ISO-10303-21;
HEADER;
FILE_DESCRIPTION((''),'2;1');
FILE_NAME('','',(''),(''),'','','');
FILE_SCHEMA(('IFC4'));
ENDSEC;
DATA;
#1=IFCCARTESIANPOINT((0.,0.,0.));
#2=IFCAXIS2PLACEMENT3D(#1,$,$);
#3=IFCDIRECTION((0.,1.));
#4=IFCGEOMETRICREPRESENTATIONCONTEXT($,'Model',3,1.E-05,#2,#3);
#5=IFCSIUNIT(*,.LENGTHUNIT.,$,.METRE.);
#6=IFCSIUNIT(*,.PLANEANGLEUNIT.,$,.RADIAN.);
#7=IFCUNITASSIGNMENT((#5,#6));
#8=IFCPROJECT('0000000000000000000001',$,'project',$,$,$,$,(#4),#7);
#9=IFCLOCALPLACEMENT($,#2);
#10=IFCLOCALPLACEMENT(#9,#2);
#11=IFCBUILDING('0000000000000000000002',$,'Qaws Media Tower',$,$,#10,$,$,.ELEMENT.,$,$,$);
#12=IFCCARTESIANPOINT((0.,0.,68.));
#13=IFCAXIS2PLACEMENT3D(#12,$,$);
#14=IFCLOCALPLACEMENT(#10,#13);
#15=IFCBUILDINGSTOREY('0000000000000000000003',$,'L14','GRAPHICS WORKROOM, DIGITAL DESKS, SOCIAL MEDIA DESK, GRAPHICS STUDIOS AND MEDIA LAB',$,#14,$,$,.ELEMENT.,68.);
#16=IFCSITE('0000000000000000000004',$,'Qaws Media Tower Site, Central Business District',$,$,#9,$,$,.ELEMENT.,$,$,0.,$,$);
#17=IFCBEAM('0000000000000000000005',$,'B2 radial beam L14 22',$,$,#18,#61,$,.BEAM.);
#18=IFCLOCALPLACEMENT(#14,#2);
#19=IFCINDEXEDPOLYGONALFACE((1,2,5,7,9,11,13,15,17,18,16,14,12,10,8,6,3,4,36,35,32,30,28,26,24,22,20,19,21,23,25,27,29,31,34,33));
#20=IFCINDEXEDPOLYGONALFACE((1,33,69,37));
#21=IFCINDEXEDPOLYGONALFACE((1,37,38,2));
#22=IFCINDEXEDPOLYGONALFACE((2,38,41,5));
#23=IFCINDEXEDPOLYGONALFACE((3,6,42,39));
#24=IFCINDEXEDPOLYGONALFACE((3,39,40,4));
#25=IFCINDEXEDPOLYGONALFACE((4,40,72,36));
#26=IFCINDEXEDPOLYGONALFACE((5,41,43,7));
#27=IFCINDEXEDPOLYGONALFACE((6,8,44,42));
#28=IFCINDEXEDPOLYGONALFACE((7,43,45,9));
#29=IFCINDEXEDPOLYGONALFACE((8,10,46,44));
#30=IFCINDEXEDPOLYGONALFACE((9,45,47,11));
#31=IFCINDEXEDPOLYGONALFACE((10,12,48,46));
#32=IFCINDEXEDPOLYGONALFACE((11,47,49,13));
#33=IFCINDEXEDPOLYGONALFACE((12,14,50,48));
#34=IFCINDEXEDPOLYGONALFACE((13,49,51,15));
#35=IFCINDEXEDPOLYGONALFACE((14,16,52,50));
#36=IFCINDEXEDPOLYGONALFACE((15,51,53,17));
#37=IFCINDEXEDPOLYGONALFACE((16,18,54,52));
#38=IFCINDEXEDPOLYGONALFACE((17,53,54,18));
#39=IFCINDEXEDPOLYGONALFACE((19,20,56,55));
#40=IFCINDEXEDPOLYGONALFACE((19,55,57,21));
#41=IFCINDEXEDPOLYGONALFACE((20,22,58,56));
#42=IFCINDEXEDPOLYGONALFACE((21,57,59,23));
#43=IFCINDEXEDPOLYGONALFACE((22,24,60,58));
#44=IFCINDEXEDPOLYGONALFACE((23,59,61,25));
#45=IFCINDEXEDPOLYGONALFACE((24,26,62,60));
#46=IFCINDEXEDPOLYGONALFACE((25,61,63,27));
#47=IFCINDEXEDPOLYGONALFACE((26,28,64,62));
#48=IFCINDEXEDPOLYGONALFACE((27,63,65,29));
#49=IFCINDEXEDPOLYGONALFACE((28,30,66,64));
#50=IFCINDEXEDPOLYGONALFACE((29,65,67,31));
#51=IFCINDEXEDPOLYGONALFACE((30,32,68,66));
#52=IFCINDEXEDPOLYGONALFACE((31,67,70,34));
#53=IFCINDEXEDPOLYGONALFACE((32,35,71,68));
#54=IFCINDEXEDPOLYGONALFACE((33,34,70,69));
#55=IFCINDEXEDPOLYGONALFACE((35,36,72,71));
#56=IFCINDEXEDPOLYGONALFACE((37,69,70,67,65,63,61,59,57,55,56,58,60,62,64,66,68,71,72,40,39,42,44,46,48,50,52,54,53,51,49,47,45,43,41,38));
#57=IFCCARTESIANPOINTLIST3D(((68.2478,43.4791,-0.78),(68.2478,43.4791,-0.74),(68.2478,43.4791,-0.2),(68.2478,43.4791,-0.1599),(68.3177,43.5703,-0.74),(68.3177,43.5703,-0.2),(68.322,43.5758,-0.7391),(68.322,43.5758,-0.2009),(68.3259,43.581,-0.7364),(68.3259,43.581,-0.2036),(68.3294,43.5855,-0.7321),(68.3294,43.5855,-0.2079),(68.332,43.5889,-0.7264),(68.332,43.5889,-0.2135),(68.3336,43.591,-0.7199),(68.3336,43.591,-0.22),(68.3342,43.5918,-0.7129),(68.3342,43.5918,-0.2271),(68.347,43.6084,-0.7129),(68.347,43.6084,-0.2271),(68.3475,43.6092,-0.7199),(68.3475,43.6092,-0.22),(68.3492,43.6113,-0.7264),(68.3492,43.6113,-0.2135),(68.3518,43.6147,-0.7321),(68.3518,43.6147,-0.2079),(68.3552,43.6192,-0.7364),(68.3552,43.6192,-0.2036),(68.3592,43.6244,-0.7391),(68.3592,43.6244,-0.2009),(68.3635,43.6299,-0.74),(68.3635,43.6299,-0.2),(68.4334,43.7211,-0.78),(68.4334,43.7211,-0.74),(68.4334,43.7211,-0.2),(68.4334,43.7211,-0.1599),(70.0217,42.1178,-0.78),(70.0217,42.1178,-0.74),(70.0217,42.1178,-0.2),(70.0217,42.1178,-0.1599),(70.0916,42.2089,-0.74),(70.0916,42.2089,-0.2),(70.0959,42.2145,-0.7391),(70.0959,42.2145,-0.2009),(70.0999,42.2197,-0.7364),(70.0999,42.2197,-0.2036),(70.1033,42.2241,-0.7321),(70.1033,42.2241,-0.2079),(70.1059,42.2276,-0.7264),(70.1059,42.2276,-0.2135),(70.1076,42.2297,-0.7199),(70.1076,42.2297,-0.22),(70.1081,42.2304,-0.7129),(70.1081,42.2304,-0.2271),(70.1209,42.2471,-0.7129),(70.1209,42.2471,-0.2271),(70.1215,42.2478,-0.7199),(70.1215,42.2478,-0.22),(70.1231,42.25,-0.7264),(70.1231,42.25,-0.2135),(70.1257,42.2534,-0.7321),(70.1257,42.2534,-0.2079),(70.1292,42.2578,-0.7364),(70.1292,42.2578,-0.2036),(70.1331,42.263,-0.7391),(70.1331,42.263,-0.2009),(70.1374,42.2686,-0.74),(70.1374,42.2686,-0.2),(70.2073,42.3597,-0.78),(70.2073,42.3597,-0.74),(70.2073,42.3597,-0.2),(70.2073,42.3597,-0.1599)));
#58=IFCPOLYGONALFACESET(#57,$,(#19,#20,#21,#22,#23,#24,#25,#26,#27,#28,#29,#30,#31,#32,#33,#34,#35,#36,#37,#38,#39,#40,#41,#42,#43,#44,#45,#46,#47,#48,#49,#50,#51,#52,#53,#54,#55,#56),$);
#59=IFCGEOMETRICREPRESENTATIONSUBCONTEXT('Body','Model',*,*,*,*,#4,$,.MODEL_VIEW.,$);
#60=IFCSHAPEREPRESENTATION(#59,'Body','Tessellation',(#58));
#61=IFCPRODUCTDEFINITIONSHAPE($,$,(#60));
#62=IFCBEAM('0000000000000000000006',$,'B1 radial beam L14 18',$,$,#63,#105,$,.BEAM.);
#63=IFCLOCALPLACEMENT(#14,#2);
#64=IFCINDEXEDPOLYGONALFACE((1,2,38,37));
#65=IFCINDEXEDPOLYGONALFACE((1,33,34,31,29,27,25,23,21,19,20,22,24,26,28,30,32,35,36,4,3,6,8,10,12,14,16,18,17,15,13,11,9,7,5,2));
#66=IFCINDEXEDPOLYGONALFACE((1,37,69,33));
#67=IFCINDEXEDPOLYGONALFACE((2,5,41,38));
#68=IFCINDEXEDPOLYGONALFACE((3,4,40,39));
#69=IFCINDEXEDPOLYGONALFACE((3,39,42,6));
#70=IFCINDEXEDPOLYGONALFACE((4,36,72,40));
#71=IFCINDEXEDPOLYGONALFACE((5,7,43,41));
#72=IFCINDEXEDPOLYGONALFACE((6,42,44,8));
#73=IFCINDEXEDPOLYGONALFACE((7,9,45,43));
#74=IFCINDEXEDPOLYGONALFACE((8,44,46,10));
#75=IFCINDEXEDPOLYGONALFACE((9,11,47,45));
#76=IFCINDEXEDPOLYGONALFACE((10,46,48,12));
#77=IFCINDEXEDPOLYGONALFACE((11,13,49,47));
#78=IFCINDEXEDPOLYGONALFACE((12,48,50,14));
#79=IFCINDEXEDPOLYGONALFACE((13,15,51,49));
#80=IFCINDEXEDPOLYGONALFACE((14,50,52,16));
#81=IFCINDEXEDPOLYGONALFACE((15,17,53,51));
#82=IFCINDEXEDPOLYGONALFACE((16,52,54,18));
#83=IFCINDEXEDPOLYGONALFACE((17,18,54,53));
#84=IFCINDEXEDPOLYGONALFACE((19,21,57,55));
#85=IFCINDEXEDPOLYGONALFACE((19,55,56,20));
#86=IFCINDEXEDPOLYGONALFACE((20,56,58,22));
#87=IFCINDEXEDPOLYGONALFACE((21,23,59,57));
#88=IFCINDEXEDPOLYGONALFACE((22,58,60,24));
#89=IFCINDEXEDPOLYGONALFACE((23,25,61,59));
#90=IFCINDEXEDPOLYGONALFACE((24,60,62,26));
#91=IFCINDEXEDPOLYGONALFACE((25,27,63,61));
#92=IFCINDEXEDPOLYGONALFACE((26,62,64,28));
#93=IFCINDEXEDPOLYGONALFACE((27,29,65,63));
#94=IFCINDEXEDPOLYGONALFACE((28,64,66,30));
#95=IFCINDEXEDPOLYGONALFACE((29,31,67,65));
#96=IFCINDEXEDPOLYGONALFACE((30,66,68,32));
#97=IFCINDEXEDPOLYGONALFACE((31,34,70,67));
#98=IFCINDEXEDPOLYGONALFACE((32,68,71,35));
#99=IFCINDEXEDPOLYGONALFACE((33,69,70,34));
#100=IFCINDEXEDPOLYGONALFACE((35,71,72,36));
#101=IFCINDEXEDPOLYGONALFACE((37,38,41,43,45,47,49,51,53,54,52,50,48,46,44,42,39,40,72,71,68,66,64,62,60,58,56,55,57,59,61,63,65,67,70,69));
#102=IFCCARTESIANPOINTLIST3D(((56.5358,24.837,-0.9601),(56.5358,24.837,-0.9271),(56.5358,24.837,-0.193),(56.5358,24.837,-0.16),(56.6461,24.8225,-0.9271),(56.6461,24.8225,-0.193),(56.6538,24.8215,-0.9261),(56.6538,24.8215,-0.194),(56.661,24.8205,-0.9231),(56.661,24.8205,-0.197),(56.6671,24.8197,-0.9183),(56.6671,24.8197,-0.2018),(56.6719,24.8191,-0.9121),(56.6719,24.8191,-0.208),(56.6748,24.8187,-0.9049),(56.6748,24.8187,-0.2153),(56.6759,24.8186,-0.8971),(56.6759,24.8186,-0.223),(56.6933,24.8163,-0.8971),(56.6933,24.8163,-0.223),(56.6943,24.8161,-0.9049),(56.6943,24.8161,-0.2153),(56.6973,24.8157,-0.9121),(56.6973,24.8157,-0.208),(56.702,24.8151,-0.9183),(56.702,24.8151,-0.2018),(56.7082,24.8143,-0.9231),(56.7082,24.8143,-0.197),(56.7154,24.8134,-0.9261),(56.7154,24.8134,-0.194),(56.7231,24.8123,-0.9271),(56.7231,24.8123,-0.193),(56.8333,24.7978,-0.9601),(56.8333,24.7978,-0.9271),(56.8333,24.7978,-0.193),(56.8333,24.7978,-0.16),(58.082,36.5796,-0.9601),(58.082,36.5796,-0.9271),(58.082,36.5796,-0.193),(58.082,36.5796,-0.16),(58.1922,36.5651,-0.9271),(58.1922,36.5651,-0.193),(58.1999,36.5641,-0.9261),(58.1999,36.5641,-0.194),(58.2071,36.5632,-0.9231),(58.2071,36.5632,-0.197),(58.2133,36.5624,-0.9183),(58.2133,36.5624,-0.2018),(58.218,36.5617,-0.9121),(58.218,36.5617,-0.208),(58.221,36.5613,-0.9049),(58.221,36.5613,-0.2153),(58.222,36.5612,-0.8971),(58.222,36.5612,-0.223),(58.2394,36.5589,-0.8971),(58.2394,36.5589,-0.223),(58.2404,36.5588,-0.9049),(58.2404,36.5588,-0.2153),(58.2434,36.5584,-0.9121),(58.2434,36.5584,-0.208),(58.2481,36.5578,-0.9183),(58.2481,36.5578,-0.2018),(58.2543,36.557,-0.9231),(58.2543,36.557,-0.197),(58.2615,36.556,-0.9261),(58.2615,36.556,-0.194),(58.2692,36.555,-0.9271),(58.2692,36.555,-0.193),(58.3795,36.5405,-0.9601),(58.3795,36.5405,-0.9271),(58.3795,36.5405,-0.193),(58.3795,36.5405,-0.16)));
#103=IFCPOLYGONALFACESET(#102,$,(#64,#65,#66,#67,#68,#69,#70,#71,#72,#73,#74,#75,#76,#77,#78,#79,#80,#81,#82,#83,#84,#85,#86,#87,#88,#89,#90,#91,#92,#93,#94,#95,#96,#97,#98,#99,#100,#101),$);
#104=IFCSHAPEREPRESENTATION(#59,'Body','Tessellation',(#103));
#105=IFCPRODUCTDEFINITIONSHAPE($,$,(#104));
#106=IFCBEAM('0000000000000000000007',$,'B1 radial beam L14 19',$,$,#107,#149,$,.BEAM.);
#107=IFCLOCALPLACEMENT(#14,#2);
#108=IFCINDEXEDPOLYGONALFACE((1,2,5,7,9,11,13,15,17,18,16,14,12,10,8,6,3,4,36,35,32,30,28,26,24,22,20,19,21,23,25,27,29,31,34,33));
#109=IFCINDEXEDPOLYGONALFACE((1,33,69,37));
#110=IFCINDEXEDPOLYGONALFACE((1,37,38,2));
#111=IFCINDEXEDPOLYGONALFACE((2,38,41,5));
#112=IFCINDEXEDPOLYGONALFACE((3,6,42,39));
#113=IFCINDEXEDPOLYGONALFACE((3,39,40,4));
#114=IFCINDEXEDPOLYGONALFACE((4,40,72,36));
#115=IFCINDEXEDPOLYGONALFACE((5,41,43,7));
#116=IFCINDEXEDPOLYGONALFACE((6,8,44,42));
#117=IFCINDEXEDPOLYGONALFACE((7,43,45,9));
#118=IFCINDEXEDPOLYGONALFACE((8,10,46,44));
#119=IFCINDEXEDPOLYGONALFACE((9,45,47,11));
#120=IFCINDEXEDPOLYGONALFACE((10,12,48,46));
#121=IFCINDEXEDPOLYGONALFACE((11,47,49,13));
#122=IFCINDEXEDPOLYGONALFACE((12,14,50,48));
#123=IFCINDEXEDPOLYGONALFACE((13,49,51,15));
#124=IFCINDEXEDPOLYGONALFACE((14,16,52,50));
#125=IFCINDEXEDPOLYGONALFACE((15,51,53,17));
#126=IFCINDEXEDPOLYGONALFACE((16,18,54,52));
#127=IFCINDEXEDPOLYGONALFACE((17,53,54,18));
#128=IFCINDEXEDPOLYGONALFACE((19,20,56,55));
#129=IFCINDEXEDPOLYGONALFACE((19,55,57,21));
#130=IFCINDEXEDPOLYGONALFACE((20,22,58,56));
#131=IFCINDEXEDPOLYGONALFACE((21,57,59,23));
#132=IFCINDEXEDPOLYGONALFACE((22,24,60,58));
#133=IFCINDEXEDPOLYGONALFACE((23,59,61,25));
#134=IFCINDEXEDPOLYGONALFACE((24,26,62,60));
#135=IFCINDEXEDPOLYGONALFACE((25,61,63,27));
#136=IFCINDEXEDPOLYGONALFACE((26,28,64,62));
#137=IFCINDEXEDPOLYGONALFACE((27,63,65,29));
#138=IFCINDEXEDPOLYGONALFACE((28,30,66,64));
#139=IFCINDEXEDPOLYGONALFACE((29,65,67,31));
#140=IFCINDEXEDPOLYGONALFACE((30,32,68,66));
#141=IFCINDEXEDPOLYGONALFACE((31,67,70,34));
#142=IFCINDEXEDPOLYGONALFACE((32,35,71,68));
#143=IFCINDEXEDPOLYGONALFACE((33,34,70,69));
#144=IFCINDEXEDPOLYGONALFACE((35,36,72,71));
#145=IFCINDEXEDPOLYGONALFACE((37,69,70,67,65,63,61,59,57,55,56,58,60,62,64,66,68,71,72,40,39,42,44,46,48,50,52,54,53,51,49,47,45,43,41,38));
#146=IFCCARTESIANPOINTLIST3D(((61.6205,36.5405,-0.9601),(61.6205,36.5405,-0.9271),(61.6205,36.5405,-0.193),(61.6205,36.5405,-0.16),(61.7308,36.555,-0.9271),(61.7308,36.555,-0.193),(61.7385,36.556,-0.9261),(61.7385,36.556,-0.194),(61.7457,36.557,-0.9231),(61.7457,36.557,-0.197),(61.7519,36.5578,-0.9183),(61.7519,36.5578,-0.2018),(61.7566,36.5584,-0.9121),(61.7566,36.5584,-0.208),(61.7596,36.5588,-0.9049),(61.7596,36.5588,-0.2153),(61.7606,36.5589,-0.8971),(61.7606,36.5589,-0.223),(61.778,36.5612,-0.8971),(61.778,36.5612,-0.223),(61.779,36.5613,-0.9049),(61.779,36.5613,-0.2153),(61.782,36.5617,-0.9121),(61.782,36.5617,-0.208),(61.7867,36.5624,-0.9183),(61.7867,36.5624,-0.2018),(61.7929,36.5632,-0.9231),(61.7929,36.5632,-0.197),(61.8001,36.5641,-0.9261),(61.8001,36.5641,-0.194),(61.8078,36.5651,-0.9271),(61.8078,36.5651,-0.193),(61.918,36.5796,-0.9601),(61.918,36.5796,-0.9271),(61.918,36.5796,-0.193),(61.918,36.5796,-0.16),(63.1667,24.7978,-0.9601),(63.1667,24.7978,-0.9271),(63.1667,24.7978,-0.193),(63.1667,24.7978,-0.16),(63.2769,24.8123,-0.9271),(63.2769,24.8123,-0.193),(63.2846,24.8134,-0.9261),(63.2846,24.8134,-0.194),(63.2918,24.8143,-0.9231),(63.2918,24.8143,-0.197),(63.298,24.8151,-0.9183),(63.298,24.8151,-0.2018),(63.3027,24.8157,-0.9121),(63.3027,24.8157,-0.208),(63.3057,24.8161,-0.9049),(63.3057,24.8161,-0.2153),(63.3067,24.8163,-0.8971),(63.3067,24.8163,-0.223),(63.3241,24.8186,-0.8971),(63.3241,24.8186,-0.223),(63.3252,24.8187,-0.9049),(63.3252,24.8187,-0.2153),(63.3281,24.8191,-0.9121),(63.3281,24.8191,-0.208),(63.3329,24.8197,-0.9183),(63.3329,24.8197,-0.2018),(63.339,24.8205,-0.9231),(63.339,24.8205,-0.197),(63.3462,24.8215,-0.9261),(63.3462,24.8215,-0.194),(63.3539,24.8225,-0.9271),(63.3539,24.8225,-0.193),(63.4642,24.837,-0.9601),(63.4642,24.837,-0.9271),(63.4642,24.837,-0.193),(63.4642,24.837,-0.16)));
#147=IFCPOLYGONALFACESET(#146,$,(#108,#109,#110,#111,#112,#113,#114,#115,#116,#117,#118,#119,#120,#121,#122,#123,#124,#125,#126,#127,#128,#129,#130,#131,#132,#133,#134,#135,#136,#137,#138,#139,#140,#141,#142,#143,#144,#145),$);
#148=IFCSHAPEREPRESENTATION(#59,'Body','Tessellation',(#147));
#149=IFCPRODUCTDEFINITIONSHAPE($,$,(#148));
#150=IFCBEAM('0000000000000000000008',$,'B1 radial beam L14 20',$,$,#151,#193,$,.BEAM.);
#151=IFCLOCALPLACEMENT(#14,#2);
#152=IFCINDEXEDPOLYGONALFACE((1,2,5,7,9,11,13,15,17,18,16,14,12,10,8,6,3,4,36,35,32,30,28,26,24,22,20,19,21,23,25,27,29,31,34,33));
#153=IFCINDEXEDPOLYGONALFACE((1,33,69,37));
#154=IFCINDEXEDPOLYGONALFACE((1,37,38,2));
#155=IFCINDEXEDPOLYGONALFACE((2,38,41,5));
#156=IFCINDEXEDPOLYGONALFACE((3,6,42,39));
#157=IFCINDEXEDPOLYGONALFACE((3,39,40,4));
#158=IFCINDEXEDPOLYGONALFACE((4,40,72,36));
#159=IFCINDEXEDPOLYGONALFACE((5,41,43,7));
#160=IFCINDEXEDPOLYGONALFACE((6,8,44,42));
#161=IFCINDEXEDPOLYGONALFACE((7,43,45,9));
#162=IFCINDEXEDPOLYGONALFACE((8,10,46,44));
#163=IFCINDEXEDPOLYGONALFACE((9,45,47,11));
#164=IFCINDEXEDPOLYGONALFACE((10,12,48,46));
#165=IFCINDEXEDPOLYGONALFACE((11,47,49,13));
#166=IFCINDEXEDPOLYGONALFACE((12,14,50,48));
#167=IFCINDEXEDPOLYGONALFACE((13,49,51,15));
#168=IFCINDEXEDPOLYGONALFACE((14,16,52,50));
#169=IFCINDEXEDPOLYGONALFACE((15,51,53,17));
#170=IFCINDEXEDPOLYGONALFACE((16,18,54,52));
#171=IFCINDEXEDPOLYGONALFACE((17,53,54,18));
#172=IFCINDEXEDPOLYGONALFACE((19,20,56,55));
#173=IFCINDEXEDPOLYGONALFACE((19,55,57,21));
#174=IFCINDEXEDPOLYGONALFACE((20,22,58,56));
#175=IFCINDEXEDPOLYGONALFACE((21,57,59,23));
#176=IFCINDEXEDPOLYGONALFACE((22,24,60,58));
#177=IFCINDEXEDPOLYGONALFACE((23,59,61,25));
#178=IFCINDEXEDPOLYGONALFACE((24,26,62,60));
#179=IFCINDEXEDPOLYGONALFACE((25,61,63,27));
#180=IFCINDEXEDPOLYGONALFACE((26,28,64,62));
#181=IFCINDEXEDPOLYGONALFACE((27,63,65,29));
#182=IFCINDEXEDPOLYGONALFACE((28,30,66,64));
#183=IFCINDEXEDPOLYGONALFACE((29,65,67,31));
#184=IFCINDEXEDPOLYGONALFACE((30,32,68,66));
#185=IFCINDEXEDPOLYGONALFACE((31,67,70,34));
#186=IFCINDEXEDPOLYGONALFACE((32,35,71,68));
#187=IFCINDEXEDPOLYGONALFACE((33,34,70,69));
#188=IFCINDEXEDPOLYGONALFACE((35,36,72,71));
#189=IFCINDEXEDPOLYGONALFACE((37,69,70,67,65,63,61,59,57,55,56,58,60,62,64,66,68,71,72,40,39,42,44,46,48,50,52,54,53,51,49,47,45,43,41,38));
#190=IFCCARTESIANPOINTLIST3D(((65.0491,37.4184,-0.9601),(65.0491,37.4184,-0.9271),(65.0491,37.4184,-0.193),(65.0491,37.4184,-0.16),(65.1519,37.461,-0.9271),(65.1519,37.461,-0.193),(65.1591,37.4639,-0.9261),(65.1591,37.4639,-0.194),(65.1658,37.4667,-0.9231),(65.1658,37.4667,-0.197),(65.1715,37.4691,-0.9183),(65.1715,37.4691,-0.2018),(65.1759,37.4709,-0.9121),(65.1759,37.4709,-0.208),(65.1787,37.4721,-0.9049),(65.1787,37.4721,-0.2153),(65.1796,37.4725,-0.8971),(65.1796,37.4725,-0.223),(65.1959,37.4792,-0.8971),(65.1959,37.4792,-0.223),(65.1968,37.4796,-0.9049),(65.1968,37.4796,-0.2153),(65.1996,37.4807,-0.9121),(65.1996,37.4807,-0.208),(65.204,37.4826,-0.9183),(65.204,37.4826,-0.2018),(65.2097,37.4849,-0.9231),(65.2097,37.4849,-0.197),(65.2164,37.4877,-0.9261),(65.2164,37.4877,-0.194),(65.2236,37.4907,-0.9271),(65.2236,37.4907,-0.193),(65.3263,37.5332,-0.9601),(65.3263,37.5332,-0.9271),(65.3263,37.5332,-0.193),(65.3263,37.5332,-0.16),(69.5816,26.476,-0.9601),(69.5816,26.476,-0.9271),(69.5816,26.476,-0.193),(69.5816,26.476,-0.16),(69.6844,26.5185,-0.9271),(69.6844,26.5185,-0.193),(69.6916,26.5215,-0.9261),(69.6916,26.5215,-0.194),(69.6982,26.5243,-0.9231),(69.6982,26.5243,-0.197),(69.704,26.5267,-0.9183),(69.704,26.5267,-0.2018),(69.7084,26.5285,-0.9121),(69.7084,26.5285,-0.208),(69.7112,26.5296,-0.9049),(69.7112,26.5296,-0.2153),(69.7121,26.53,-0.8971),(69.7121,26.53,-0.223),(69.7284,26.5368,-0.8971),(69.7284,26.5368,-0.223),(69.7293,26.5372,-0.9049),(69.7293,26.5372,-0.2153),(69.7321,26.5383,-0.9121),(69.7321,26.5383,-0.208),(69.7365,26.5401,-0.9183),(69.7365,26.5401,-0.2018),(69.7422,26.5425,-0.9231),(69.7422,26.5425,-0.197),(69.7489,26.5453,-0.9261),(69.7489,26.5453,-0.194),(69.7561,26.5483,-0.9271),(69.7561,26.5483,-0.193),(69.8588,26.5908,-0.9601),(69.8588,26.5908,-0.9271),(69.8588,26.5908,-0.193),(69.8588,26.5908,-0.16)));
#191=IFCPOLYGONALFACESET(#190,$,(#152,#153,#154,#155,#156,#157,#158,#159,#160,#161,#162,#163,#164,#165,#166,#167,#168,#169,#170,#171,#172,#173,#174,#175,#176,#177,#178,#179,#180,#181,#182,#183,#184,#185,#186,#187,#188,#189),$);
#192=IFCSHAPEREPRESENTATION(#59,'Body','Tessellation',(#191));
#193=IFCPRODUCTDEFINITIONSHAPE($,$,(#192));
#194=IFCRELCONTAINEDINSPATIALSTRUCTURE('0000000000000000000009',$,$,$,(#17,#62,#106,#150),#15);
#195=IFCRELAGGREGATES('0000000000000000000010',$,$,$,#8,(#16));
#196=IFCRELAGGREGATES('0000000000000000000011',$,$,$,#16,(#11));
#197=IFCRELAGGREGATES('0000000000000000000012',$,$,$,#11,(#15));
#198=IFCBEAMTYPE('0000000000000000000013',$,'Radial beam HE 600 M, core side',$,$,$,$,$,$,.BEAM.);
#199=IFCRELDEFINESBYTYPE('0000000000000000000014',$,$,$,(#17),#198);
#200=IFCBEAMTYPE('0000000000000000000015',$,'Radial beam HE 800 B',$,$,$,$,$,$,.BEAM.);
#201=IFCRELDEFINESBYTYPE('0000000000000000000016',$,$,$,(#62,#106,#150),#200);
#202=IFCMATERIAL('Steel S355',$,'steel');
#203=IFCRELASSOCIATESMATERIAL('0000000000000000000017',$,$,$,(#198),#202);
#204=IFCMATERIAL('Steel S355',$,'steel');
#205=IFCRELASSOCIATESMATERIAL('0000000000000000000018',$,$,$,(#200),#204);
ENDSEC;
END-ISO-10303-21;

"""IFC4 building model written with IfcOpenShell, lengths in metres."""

from ifc_helpers import new_model, si_unit, direction, frame, origin, origin_2d, place, context, subcontext, project, spatial, i_section, extrude, material, material_profile, profile_set, type_object, element, save


model = new_model("IFC4")

# Units and contexts
model_context = context("Model", 3, precision=1e-05, world=origin(), true_north=direction((0.0, 1.0)))
body_context = subcontext(model_context, "Body", "Model", "MODEL_VIEW")
ifc_project = project(units=[si_unit("LENGTHUNIT", "METRE"), si_unit("PLANEANGLEUNIT", "RADIAN")], contexts=[model_context])

# Site, building, storey
site_placement = place(None, origin())
site = spatial("IfcSite", under=ifc_project, at=site_placement, Name="Qaws Media Tower Site, Central Business District", CompositionType="ELEMENT", RefElevation=0.0)
building_placement = place(site_placement, origin())
building = spatial("IfcBuilding", under=site, at=building_placement, Name="Qaws Media Tower", CompositionType="ELEMENT")
storey_placement = place(building_placement, frame((0.0, 0.0, 68.0)))
storey = spatial("IfcBuildingStorey", under=building, at=storey_placement, Name="L14", Description="GRAPHICS WORKROOM, DIGITAL DESKS, SOCIAL MEDIA DESK, GRAPHICS STUDIOS AND MEDIA LAB", CompositionType="ELEMENT", Elevation=68.0)

# Beams
ifc_material_1 = material(Name="Steel S355", Category="steel")
ifc_material_profile_1 = material_profile(ifc_material_1, i_section(OverallWidth=0.3049, OverallDepth=0.6201, WebThickness=0.021, FlangeThickness=0.04, FilletRadius=0.0271, at=origin_2d()), Name="HE 600 M")
ifc_profile_set_1 = profile_set([ifc_material_profile_1], Name="Steel S355")
beam_type_1 = type_object("IfcBeamType", Name="Radial beam HE 600 M, core side", PredefinedType="BEAM", material=ifc_profile_set_1)
beam_1_placement = place(storey_placement, frame((68.3406, 43.6001, -0.47), z_axis=(0.793322, -0.608803, 0.0), x_axis=(0.608803, 0.793322, 0.0)))
element("IfcBeam", 1, at=beam_1_placement, inside=storey, type_object=beam_type_1, Name="B2 radial beam L14 22", PredefinedType="BEAM", context=body_context, shape_type="SweptSolid", body=[
    extrude(i_section(OverallWidth=0.3049, OverallDepth=0.6201, WebThickness=0.021, FlangeThickness=0.04, FilletRadius=0.0271, at=origin_2d()), origin(), (0.0, 0.0, 1.0), 2.2361),
])
ifc_material_2 = material(Name="Steel S355", Category="steel")
ifc_material_profile_2 = material_profile(ifc_material_2, i_section(OverallWidth=0.3, OverallDepth=0.8, WebThickness=0.0176, FlangeThickness=0.033, FilletRadius=0.03, at=origin_2d()), Name="HE 800 B")
ifc_profile_set_2 = profile_set([ifc_material_profile_2], Name="Steel S355")
beam_type_2 = type_object("IfcBeamType", Name="Radial beam HE 800 B", PredefinedType="BEAM", material=ifc_profile_set_2)
for number, where, z_axis, x_axis, name in (
    (2, (58.2307, 36.5601, -0.5601), (-0.130542, -0.991443, 0.0), (0.991443, -0.130542, 0.0), "B1 radial beam L14 18"),
    (3, (61.7693, 36.5601, -0.5601), (0.130542, -0.991443, 0.0), (0.991443, 0.130542, 0.0), "B1 radial beam L14 19"),
    (4, (65.1877, 37.4758, -0.5601), (0.382683, -0.92388, 0.0), (0.92388, 0.382683, 0.0), "B1 radial beam L14 20"),
):
    element("IfcBeam", number, at=place(storey_placement, frame(where, z_axis=z_axis, x_axis=x_axis)), inside=storey, type_object=beam_type_2, Name=name, PredefinedType="BEAM", context=body_context, shape_type="SweptSolid", body=[
        extrude(i_section(OverallWidth=0.3, OverallDepth=0.8, WebThickness=0.0176, FlangeThickness=0.033, FilletRadius=0.03, at=origin_2d()), origin(), (0.0, 0.0, 1.0), 11.844),
    ])

save(model, "model.ifc")
